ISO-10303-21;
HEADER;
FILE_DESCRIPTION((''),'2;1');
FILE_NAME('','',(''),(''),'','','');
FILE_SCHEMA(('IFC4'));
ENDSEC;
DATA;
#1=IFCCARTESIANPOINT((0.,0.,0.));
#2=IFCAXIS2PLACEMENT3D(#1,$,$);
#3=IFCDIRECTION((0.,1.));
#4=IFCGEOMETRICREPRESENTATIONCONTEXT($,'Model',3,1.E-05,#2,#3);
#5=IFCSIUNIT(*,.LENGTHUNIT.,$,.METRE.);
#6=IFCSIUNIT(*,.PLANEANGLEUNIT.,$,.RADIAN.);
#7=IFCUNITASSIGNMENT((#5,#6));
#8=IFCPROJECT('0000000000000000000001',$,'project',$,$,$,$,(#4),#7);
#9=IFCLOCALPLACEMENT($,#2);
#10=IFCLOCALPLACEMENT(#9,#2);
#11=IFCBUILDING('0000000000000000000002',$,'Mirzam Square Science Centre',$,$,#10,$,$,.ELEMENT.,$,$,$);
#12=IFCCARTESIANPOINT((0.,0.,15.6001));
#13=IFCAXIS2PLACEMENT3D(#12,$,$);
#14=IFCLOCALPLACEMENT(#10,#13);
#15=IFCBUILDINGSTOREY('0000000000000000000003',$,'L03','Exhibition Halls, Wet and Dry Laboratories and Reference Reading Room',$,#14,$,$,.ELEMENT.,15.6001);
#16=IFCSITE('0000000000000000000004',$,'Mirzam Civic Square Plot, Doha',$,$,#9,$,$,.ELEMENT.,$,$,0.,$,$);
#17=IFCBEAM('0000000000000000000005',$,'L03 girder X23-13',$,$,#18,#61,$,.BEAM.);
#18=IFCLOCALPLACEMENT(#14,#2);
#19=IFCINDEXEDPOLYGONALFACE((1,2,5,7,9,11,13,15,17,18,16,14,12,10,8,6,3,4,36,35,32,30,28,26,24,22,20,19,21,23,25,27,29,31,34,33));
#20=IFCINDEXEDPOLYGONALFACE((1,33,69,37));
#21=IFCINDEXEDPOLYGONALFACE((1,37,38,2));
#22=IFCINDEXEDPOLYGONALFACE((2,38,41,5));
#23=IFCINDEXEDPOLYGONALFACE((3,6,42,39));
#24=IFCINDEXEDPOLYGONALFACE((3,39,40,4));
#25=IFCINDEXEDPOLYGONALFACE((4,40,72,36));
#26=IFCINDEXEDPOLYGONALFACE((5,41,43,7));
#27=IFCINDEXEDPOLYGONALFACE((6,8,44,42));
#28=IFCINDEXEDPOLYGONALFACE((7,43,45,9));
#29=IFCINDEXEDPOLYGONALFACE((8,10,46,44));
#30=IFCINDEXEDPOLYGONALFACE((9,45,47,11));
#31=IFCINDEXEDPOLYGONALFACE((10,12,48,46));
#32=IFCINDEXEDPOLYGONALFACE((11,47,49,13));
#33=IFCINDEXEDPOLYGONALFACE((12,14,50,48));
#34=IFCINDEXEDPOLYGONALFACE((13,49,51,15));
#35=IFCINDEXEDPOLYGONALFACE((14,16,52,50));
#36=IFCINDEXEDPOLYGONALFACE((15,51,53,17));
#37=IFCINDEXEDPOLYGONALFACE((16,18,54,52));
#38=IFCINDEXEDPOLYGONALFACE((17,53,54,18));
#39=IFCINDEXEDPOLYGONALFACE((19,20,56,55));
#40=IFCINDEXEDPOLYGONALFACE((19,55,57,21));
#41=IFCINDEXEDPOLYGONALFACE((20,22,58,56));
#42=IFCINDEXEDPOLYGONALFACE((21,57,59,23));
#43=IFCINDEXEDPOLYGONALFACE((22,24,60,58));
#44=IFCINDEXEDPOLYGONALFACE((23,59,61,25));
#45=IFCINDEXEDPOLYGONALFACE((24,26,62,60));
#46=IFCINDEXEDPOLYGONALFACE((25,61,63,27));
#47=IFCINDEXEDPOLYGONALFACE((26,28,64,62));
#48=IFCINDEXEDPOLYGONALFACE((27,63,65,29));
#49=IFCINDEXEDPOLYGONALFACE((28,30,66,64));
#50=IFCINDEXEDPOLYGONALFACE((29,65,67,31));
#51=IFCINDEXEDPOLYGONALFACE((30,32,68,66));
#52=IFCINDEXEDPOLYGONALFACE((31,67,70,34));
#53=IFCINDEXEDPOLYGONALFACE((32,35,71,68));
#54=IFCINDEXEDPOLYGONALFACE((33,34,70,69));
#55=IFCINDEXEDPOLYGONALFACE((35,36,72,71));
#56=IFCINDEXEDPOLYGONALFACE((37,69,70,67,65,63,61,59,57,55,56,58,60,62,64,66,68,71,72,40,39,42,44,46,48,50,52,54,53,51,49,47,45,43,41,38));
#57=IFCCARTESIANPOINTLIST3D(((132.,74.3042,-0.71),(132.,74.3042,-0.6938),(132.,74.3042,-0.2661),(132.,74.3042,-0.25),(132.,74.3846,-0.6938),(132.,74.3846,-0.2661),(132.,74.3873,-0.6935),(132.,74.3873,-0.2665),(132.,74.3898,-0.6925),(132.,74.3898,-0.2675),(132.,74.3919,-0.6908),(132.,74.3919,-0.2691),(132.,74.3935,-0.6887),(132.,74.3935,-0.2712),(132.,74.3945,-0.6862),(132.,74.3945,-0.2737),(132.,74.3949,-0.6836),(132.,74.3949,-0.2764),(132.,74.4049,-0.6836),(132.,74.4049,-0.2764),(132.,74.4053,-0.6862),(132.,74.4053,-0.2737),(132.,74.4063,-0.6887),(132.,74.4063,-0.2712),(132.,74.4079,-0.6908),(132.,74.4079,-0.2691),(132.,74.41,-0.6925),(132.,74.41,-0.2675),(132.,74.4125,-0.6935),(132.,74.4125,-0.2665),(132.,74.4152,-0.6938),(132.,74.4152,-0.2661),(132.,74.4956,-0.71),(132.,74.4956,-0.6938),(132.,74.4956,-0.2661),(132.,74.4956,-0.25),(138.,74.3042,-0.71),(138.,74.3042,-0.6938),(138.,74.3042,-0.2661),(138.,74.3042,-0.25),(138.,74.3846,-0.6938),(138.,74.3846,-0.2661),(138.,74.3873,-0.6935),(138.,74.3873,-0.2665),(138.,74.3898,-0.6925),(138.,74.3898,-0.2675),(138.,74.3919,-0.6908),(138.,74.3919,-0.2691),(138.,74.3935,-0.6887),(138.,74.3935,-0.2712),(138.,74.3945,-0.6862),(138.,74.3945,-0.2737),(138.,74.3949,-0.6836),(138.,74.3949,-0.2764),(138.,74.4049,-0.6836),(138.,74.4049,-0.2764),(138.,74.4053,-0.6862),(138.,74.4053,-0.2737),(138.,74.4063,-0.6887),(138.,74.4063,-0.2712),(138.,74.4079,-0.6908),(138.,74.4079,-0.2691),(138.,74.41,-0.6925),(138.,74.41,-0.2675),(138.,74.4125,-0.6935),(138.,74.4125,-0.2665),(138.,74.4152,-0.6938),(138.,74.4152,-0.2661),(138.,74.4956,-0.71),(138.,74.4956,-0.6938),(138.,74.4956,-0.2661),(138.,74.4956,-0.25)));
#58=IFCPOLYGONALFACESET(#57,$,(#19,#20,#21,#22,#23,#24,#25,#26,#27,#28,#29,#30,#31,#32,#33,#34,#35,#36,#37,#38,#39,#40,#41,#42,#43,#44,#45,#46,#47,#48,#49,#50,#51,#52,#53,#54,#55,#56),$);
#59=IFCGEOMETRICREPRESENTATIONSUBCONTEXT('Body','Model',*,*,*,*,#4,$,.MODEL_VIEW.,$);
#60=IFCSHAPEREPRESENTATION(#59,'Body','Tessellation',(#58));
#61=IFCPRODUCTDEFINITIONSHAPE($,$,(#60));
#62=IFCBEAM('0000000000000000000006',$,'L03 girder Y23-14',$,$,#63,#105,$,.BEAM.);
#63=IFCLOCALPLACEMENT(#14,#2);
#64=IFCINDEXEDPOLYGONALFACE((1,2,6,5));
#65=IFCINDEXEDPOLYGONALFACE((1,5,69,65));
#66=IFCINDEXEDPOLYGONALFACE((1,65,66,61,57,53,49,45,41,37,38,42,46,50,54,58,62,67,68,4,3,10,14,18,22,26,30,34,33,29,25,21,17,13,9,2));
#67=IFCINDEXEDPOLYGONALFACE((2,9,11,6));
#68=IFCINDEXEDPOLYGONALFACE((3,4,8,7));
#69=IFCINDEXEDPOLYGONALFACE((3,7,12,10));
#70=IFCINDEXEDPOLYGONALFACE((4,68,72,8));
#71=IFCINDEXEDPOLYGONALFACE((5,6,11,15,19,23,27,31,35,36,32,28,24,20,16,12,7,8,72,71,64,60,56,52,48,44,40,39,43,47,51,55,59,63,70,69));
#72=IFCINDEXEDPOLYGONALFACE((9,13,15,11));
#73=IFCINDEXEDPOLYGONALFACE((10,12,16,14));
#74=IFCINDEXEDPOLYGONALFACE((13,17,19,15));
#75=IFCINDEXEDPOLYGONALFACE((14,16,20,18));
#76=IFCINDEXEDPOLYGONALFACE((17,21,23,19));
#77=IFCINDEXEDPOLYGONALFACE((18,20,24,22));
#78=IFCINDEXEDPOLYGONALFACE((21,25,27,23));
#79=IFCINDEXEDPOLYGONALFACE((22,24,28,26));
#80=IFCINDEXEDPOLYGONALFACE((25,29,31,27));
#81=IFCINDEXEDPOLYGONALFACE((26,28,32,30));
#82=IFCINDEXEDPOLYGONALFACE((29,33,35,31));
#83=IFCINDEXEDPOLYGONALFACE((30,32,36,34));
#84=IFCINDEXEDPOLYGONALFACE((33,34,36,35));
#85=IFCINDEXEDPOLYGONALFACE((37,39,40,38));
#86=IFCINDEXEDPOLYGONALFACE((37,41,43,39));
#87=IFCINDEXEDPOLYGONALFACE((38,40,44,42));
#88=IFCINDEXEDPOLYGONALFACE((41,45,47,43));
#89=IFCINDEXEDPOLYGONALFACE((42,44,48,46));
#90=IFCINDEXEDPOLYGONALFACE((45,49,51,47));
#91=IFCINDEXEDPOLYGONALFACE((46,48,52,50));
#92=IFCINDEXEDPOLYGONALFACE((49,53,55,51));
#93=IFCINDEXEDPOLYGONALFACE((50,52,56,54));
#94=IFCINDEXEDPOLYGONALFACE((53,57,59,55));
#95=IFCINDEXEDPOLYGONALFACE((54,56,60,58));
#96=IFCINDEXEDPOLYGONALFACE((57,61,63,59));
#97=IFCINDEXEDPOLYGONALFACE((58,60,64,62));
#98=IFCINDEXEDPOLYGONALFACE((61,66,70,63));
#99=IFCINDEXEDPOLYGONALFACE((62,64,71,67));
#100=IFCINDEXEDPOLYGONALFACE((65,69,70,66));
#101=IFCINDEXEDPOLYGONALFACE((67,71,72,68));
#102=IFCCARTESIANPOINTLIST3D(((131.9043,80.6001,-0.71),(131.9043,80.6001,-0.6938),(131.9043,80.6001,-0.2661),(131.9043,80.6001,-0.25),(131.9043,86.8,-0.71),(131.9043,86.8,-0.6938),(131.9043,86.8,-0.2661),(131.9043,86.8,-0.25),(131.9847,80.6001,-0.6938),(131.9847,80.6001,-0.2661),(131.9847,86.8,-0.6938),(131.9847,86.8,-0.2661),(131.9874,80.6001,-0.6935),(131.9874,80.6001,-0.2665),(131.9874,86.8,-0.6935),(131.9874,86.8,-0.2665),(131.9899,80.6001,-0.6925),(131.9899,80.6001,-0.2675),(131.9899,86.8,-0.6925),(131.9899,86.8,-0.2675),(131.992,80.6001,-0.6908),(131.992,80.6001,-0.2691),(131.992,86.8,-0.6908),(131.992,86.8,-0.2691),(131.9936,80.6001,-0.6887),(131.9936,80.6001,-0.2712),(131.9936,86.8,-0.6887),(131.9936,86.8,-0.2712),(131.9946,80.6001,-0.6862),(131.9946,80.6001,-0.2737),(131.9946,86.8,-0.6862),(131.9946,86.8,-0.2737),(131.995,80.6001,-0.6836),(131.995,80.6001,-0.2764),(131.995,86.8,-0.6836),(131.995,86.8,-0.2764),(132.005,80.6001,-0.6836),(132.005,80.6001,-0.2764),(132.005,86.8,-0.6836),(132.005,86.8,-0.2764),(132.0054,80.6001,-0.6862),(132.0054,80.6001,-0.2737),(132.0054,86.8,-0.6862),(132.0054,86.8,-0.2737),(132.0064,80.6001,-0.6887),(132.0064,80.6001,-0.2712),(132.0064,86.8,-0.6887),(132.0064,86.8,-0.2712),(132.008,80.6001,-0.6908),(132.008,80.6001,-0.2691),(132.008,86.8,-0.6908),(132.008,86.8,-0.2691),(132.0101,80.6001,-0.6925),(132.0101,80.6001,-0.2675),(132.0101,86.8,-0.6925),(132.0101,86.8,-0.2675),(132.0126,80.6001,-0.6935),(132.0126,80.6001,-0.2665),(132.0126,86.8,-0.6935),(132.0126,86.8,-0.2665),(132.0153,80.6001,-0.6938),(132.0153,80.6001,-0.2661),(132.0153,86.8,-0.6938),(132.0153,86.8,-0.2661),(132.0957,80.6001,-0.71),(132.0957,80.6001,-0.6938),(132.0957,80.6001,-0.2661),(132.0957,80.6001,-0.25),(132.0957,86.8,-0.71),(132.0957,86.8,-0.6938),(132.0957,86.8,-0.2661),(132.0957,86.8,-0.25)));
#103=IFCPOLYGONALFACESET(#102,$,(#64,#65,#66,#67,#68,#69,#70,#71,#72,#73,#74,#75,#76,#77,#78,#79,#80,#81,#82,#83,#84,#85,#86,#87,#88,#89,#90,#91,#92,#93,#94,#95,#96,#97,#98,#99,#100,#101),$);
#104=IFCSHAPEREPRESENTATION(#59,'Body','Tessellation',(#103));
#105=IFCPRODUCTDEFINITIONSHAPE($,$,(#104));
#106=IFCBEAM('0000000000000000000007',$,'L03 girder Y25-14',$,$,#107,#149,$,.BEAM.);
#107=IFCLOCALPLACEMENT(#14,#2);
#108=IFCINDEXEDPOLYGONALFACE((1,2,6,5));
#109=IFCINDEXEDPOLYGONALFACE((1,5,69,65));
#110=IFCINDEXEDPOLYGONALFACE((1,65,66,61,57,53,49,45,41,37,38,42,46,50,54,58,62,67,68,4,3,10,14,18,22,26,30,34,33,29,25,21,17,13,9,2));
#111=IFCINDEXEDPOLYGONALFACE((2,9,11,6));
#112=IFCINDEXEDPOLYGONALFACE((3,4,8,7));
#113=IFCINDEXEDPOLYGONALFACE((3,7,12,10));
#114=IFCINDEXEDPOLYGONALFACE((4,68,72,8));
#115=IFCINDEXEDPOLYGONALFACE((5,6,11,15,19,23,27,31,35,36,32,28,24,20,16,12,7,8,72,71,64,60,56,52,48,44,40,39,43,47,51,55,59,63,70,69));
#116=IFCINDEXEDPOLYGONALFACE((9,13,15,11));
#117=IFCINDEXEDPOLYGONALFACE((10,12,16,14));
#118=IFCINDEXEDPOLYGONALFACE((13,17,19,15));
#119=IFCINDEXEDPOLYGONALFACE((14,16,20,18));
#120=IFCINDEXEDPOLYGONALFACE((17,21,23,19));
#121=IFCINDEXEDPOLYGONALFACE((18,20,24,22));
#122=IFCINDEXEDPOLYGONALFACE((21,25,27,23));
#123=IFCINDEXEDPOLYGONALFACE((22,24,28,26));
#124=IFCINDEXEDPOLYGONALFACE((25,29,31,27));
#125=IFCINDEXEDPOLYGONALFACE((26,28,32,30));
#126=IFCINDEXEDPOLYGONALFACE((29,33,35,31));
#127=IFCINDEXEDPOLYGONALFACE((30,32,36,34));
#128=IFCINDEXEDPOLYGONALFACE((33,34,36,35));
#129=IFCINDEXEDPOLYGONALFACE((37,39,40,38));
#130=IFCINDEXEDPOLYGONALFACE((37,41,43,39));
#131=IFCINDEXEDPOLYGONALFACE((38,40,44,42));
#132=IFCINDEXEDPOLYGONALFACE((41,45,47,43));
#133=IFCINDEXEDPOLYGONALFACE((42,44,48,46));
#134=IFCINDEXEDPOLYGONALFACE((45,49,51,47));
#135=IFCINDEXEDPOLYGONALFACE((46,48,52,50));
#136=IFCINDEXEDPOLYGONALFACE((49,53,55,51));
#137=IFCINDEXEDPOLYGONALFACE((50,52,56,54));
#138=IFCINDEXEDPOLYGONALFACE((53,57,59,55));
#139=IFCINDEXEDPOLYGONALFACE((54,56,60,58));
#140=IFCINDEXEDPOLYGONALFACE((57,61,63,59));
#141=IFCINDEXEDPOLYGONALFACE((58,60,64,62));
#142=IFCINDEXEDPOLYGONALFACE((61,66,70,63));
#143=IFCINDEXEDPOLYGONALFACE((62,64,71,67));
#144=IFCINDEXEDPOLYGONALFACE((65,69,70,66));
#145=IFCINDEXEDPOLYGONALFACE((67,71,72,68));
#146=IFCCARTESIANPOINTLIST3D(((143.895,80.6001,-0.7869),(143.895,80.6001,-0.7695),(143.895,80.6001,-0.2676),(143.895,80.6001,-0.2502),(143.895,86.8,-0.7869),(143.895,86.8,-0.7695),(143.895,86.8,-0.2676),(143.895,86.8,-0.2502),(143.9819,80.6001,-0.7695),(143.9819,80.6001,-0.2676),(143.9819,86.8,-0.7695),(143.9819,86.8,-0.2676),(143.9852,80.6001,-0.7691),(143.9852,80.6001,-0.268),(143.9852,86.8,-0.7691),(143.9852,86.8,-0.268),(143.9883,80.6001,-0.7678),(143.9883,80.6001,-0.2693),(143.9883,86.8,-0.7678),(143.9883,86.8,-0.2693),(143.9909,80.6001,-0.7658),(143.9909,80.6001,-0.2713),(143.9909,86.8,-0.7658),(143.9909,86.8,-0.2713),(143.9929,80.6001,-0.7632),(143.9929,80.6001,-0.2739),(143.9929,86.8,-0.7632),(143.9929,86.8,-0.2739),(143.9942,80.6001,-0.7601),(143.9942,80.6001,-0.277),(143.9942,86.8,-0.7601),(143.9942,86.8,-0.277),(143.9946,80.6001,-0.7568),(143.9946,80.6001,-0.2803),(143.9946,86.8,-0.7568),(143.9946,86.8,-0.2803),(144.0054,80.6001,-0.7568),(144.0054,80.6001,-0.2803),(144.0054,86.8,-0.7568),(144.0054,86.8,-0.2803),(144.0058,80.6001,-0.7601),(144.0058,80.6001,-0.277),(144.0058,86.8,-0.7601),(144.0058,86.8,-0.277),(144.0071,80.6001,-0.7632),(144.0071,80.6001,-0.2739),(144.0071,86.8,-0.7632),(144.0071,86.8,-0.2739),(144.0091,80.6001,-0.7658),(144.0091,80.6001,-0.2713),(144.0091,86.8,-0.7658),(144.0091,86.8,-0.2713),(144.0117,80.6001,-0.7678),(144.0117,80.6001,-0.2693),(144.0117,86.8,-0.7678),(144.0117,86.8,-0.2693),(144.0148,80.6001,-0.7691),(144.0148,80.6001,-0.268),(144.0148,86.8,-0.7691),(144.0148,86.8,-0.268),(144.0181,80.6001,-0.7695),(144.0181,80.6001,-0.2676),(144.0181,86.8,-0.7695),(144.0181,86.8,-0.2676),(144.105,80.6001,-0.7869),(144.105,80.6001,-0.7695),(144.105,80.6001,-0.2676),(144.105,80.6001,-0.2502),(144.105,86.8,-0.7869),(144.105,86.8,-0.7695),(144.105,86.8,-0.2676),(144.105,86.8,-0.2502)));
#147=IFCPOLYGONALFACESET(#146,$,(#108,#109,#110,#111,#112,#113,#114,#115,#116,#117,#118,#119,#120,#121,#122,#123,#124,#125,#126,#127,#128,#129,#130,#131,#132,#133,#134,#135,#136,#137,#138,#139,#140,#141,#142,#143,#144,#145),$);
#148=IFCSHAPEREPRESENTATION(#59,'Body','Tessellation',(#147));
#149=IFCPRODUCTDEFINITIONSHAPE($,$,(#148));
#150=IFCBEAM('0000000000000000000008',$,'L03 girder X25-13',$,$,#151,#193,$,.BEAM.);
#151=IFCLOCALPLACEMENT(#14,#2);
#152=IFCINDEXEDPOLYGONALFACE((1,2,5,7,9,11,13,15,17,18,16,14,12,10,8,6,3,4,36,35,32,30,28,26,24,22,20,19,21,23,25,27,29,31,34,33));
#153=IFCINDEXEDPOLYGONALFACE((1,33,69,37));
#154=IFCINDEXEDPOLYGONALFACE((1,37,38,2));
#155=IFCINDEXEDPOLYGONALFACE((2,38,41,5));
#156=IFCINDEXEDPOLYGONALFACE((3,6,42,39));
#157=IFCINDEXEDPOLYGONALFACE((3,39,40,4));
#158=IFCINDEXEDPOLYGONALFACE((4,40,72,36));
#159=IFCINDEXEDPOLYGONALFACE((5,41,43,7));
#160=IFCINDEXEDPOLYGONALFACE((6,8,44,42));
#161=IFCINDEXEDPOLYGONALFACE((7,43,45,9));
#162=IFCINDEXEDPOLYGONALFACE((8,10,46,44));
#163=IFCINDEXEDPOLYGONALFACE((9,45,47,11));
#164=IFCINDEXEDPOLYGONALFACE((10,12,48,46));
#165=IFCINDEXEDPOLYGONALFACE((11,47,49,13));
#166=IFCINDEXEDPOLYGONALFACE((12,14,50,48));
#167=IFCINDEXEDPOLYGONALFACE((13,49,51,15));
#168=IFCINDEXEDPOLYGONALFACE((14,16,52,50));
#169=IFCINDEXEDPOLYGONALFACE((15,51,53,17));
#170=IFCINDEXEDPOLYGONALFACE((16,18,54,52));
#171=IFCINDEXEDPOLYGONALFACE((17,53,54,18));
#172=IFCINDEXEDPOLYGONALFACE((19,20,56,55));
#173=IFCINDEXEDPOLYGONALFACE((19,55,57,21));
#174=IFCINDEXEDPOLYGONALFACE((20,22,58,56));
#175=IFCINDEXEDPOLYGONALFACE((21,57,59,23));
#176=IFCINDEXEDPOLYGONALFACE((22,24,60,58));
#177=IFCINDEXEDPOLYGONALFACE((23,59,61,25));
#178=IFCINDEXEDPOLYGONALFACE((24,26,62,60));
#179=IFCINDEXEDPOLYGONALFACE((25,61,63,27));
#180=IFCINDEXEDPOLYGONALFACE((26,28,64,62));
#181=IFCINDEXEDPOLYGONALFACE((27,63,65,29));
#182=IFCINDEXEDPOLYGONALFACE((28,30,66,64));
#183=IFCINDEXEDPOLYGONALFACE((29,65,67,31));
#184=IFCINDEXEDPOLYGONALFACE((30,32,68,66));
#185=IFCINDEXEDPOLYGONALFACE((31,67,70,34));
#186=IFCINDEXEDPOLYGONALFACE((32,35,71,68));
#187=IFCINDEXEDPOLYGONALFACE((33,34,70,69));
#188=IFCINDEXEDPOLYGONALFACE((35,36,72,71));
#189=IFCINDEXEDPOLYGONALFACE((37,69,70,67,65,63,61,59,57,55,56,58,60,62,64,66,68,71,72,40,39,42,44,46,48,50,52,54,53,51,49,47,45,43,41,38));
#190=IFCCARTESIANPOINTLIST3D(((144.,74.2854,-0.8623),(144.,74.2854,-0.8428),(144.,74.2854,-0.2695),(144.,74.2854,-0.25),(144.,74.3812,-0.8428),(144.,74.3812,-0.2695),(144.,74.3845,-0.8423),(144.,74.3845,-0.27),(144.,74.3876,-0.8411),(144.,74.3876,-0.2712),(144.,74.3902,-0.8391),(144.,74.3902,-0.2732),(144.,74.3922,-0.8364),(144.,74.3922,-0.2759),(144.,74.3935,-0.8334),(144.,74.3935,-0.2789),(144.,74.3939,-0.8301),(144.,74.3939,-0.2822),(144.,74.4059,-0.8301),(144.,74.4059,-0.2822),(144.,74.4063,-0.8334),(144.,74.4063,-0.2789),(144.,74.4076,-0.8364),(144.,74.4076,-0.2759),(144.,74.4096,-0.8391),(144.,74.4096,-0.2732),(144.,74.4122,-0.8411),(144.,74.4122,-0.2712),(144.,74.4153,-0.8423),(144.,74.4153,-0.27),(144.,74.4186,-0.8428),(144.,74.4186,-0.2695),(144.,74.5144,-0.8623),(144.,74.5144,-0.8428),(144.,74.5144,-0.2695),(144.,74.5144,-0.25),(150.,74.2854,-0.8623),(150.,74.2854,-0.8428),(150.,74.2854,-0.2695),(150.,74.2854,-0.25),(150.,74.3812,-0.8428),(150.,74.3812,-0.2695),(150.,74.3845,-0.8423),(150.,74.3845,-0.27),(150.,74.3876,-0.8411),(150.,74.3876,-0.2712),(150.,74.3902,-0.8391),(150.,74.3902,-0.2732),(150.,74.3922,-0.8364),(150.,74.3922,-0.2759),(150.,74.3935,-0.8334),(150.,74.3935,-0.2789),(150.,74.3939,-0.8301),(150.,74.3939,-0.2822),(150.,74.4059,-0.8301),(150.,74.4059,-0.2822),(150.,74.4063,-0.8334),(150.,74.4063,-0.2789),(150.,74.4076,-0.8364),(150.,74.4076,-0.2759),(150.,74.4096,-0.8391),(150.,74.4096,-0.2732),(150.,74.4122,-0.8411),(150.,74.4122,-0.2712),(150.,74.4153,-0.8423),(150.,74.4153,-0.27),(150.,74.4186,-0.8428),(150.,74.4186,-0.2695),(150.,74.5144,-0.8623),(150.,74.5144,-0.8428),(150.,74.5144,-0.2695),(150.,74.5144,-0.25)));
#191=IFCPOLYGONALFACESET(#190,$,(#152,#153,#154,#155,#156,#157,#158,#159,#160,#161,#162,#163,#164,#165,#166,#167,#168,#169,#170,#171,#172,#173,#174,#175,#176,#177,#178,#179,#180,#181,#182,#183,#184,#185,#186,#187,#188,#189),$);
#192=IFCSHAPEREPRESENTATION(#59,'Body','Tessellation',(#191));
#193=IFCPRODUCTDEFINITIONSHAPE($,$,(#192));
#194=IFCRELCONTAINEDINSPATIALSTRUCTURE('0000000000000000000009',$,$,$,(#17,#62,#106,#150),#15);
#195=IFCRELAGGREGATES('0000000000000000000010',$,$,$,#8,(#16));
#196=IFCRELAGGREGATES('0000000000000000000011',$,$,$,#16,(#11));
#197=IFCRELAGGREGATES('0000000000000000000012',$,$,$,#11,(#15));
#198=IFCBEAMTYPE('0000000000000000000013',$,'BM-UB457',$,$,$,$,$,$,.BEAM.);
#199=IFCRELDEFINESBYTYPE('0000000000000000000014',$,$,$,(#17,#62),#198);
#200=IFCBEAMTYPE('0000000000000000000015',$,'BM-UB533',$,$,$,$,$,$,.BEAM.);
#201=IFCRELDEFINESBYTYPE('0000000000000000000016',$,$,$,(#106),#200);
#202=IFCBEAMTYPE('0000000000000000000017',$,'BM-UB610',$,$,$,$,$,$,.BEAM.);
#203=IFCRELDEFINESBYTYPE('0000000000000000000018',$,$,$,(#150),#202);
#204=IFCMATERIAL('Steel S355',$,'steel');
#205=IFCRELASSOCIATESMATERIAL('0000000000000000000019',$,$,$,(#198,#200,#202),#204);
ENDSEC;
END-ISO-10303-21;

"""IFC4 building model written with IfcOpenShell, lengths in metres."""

from ifc_helpers import new_model, si_unit, direction, frame, origin, origin_2d, place, context, subcontext, project, spatial, i_section, extrude, material, material_profile, profile_set, type_object, element, save


model = new_model("IFC4")

# Units and contexts
model_context = context("Model", 3, precision=1e-05, world=origin(), true_north=direction((0.0, 1.0)))
body_context = subcontext(model_context, "Body", "Model", "MODEL_VIEW")
ifc_project = project(units=[si_unit("LENGTHUNIT", "METRE"), si_unit("PLANEANGLEUNIT", "RADIAN")], contexts=[model_context])

# Site, building, storey
site_placement = place(None, origin())
site = spatial("IfcSite", under=ifc_project, at=site_placement, Name="Mirzam Civic Square Plot, Doha", CompositionType="ELEMENT", RefElevation=0.0)
building_placement = place(site_placement, origin())
building = spatial("IfcBuilding", under=site, at=building_placement, Name="Mirzam Square Science Centre", CompositionType="ELEMENT")
storey_placement = place(building_placement, frame((0.0, 0.0, 15.6001)))
storey = spatial("IfcBuildingStorey", under=building, at=storey_placement, Name="L03", Description="Exhibition Halls, Wet and Dry Laboratories and Reference Reading Room", CompositionType="ELEMENT", Elevation=15.6001)

# Shared definitions
ifc_material_1 = material(Name="Steel S355", Category="steel")

# Beams
ifc_material_profile_1 = material_profile(ifc_material_1, i_section(OverallWidth=0.1914, OverallDepth=0.46, WebThickness=0.01, FlangeThickness=0.0161, FilletRadius=0.0103, at=origin_2d()), Name="457x191x82UB")
ifc_profile_set_1 = profile_set([ifc_material_profile_1], Name="Steel S355")
beam_type_1 = type_object("IfcBeamType", Name="BM-UB457", PredefinedType="BEAM", material=ifc_profile_set_1)
beam_1_placement = place(storey_placement, frame((132.0, 74.3999, -0.48), z_axis=(1.0, 0.0, 0.0), x_axis=(0.0, 1.0, 0.0)))
element("IfcBeam", 1, at=beam_1_placement, inside=storey, type_object=beam_type_1, Name="L03 girder X23-13", PredefinedType="BEAM", context=body_context, shape_type="SweptSolid", body=[
    extrude(i_section(OverallWidth=0.1914, OverallDepth=0.46, WebThickness=0.01, FlangeThickness=0.0161, FilletRadius=0.0103, at=origin_2d()), origin(), (0.0, 0.0, 1.0), 6.0),
])
beam_2_placement = place(storey_placement, frame((132.0, 80.6001, -0.48), z_axis=(0.0, 1.0, 0.0), x_axis=(-1.0, 0.0, 0.0)))
element("IfcBeam", 2, at=beam_2_placement, inside=storey, type_object=beam_type_1, Name="L03 girder Y23-14", PredefinedType="BEAM", context=body_context, shape_type="SweptSolid", body=[
    extrude(i_section(OverallWidth=0.1914, OverallDepth=0.46, WebThickness=0.01, FlangeThickness=0.0161, FilletRadius=0.0103, at=origin_2d()), origin(), (0.0, 0.0, 1.0), 6.2),
])
ifc_material_profile_2 = material_profile(ifc_material_1, i_section(OverallWidth=0.21, OverallDepth=0.5366, WebThickness=0.0107, FlangeThickness=0.0173, FilletRadius=0.0127, at=origin_2d()), Name="533x210x101UB")
ifc_profile_set_2 = profile_set([ifc_material_profile_2], Name="Steel S355")
beam_type_2 = type_object("IfcBeamType", Name="BM-UB533", PredefinedType="BEAM", material=ifc_profile_set_2)
beam_3_placement = place(storey_placement, frame((144.0, 80.6001, -0.5186), z_axis=(0.0, 1.0, 0.0), x_axis=(-1.0, 0.0, 0.0)))
element("IfcBeam", 3, at=beam_3_placement, inside=storey, type_object=beam_type_2, Name="L03 girder Y25-14", PredefinedType="BEAM", context=body_context, shape_type="SweptSolid", body=[
    extrude(i_section(OverallWidth=0.21, OverallDepth=0.5366, WebThickness=0.0107, FlangeThickness=0.0173, FilletRadius=0.0127, at=origin_2d()), origin(), (0.0, 0.0, 1.0), 6.2),
])
ifc_material_profile_3 = material_profile(ifc_material_1, i_section(OverallWidth=0.229, OverallDepth=0.6123, WebThickness=0.012, FlangeThickness=0.0195, FilletRadius=0.0127, at=origin_2d()), Name="610x229x125UB")
ifc_profile_set_3 = profile_set([ifc_material_profile_3], Name="Steel S355")
beam_type_3 = type_object("IfcBeamType", Name="BM-UB610", PredefinedType="BEAM", material=ifc_profile_set_3)
for number, where, z_axis, x_axis, name in (
    (4, (144.0, 74.3999, -0.5562), (1.0, 0.0, 0.0), (0.0, 1.0, 0.0), "L03 girder X25-13"),
):
    element("IfcBeam", number, at=place(storey_placement, frame(where, z_axis=z_axis, x_axis=x_axis)), inside=storey, type_object=beam_type_3, Name=name, PredefinedType="BEAM", context=body_context, shape_type="SweptSolid", body=[
        extrude(i_section(OverallWidth=0.229, OverallDepth=0.6123, WebThickness=0.012, FlangeThickness=0.0195, FilletRadius=0.0127, at=origin_2d()), origin(), (0.0, 0.0, 1.0), 6.0),
    ])

save(model, "model.ifc")
